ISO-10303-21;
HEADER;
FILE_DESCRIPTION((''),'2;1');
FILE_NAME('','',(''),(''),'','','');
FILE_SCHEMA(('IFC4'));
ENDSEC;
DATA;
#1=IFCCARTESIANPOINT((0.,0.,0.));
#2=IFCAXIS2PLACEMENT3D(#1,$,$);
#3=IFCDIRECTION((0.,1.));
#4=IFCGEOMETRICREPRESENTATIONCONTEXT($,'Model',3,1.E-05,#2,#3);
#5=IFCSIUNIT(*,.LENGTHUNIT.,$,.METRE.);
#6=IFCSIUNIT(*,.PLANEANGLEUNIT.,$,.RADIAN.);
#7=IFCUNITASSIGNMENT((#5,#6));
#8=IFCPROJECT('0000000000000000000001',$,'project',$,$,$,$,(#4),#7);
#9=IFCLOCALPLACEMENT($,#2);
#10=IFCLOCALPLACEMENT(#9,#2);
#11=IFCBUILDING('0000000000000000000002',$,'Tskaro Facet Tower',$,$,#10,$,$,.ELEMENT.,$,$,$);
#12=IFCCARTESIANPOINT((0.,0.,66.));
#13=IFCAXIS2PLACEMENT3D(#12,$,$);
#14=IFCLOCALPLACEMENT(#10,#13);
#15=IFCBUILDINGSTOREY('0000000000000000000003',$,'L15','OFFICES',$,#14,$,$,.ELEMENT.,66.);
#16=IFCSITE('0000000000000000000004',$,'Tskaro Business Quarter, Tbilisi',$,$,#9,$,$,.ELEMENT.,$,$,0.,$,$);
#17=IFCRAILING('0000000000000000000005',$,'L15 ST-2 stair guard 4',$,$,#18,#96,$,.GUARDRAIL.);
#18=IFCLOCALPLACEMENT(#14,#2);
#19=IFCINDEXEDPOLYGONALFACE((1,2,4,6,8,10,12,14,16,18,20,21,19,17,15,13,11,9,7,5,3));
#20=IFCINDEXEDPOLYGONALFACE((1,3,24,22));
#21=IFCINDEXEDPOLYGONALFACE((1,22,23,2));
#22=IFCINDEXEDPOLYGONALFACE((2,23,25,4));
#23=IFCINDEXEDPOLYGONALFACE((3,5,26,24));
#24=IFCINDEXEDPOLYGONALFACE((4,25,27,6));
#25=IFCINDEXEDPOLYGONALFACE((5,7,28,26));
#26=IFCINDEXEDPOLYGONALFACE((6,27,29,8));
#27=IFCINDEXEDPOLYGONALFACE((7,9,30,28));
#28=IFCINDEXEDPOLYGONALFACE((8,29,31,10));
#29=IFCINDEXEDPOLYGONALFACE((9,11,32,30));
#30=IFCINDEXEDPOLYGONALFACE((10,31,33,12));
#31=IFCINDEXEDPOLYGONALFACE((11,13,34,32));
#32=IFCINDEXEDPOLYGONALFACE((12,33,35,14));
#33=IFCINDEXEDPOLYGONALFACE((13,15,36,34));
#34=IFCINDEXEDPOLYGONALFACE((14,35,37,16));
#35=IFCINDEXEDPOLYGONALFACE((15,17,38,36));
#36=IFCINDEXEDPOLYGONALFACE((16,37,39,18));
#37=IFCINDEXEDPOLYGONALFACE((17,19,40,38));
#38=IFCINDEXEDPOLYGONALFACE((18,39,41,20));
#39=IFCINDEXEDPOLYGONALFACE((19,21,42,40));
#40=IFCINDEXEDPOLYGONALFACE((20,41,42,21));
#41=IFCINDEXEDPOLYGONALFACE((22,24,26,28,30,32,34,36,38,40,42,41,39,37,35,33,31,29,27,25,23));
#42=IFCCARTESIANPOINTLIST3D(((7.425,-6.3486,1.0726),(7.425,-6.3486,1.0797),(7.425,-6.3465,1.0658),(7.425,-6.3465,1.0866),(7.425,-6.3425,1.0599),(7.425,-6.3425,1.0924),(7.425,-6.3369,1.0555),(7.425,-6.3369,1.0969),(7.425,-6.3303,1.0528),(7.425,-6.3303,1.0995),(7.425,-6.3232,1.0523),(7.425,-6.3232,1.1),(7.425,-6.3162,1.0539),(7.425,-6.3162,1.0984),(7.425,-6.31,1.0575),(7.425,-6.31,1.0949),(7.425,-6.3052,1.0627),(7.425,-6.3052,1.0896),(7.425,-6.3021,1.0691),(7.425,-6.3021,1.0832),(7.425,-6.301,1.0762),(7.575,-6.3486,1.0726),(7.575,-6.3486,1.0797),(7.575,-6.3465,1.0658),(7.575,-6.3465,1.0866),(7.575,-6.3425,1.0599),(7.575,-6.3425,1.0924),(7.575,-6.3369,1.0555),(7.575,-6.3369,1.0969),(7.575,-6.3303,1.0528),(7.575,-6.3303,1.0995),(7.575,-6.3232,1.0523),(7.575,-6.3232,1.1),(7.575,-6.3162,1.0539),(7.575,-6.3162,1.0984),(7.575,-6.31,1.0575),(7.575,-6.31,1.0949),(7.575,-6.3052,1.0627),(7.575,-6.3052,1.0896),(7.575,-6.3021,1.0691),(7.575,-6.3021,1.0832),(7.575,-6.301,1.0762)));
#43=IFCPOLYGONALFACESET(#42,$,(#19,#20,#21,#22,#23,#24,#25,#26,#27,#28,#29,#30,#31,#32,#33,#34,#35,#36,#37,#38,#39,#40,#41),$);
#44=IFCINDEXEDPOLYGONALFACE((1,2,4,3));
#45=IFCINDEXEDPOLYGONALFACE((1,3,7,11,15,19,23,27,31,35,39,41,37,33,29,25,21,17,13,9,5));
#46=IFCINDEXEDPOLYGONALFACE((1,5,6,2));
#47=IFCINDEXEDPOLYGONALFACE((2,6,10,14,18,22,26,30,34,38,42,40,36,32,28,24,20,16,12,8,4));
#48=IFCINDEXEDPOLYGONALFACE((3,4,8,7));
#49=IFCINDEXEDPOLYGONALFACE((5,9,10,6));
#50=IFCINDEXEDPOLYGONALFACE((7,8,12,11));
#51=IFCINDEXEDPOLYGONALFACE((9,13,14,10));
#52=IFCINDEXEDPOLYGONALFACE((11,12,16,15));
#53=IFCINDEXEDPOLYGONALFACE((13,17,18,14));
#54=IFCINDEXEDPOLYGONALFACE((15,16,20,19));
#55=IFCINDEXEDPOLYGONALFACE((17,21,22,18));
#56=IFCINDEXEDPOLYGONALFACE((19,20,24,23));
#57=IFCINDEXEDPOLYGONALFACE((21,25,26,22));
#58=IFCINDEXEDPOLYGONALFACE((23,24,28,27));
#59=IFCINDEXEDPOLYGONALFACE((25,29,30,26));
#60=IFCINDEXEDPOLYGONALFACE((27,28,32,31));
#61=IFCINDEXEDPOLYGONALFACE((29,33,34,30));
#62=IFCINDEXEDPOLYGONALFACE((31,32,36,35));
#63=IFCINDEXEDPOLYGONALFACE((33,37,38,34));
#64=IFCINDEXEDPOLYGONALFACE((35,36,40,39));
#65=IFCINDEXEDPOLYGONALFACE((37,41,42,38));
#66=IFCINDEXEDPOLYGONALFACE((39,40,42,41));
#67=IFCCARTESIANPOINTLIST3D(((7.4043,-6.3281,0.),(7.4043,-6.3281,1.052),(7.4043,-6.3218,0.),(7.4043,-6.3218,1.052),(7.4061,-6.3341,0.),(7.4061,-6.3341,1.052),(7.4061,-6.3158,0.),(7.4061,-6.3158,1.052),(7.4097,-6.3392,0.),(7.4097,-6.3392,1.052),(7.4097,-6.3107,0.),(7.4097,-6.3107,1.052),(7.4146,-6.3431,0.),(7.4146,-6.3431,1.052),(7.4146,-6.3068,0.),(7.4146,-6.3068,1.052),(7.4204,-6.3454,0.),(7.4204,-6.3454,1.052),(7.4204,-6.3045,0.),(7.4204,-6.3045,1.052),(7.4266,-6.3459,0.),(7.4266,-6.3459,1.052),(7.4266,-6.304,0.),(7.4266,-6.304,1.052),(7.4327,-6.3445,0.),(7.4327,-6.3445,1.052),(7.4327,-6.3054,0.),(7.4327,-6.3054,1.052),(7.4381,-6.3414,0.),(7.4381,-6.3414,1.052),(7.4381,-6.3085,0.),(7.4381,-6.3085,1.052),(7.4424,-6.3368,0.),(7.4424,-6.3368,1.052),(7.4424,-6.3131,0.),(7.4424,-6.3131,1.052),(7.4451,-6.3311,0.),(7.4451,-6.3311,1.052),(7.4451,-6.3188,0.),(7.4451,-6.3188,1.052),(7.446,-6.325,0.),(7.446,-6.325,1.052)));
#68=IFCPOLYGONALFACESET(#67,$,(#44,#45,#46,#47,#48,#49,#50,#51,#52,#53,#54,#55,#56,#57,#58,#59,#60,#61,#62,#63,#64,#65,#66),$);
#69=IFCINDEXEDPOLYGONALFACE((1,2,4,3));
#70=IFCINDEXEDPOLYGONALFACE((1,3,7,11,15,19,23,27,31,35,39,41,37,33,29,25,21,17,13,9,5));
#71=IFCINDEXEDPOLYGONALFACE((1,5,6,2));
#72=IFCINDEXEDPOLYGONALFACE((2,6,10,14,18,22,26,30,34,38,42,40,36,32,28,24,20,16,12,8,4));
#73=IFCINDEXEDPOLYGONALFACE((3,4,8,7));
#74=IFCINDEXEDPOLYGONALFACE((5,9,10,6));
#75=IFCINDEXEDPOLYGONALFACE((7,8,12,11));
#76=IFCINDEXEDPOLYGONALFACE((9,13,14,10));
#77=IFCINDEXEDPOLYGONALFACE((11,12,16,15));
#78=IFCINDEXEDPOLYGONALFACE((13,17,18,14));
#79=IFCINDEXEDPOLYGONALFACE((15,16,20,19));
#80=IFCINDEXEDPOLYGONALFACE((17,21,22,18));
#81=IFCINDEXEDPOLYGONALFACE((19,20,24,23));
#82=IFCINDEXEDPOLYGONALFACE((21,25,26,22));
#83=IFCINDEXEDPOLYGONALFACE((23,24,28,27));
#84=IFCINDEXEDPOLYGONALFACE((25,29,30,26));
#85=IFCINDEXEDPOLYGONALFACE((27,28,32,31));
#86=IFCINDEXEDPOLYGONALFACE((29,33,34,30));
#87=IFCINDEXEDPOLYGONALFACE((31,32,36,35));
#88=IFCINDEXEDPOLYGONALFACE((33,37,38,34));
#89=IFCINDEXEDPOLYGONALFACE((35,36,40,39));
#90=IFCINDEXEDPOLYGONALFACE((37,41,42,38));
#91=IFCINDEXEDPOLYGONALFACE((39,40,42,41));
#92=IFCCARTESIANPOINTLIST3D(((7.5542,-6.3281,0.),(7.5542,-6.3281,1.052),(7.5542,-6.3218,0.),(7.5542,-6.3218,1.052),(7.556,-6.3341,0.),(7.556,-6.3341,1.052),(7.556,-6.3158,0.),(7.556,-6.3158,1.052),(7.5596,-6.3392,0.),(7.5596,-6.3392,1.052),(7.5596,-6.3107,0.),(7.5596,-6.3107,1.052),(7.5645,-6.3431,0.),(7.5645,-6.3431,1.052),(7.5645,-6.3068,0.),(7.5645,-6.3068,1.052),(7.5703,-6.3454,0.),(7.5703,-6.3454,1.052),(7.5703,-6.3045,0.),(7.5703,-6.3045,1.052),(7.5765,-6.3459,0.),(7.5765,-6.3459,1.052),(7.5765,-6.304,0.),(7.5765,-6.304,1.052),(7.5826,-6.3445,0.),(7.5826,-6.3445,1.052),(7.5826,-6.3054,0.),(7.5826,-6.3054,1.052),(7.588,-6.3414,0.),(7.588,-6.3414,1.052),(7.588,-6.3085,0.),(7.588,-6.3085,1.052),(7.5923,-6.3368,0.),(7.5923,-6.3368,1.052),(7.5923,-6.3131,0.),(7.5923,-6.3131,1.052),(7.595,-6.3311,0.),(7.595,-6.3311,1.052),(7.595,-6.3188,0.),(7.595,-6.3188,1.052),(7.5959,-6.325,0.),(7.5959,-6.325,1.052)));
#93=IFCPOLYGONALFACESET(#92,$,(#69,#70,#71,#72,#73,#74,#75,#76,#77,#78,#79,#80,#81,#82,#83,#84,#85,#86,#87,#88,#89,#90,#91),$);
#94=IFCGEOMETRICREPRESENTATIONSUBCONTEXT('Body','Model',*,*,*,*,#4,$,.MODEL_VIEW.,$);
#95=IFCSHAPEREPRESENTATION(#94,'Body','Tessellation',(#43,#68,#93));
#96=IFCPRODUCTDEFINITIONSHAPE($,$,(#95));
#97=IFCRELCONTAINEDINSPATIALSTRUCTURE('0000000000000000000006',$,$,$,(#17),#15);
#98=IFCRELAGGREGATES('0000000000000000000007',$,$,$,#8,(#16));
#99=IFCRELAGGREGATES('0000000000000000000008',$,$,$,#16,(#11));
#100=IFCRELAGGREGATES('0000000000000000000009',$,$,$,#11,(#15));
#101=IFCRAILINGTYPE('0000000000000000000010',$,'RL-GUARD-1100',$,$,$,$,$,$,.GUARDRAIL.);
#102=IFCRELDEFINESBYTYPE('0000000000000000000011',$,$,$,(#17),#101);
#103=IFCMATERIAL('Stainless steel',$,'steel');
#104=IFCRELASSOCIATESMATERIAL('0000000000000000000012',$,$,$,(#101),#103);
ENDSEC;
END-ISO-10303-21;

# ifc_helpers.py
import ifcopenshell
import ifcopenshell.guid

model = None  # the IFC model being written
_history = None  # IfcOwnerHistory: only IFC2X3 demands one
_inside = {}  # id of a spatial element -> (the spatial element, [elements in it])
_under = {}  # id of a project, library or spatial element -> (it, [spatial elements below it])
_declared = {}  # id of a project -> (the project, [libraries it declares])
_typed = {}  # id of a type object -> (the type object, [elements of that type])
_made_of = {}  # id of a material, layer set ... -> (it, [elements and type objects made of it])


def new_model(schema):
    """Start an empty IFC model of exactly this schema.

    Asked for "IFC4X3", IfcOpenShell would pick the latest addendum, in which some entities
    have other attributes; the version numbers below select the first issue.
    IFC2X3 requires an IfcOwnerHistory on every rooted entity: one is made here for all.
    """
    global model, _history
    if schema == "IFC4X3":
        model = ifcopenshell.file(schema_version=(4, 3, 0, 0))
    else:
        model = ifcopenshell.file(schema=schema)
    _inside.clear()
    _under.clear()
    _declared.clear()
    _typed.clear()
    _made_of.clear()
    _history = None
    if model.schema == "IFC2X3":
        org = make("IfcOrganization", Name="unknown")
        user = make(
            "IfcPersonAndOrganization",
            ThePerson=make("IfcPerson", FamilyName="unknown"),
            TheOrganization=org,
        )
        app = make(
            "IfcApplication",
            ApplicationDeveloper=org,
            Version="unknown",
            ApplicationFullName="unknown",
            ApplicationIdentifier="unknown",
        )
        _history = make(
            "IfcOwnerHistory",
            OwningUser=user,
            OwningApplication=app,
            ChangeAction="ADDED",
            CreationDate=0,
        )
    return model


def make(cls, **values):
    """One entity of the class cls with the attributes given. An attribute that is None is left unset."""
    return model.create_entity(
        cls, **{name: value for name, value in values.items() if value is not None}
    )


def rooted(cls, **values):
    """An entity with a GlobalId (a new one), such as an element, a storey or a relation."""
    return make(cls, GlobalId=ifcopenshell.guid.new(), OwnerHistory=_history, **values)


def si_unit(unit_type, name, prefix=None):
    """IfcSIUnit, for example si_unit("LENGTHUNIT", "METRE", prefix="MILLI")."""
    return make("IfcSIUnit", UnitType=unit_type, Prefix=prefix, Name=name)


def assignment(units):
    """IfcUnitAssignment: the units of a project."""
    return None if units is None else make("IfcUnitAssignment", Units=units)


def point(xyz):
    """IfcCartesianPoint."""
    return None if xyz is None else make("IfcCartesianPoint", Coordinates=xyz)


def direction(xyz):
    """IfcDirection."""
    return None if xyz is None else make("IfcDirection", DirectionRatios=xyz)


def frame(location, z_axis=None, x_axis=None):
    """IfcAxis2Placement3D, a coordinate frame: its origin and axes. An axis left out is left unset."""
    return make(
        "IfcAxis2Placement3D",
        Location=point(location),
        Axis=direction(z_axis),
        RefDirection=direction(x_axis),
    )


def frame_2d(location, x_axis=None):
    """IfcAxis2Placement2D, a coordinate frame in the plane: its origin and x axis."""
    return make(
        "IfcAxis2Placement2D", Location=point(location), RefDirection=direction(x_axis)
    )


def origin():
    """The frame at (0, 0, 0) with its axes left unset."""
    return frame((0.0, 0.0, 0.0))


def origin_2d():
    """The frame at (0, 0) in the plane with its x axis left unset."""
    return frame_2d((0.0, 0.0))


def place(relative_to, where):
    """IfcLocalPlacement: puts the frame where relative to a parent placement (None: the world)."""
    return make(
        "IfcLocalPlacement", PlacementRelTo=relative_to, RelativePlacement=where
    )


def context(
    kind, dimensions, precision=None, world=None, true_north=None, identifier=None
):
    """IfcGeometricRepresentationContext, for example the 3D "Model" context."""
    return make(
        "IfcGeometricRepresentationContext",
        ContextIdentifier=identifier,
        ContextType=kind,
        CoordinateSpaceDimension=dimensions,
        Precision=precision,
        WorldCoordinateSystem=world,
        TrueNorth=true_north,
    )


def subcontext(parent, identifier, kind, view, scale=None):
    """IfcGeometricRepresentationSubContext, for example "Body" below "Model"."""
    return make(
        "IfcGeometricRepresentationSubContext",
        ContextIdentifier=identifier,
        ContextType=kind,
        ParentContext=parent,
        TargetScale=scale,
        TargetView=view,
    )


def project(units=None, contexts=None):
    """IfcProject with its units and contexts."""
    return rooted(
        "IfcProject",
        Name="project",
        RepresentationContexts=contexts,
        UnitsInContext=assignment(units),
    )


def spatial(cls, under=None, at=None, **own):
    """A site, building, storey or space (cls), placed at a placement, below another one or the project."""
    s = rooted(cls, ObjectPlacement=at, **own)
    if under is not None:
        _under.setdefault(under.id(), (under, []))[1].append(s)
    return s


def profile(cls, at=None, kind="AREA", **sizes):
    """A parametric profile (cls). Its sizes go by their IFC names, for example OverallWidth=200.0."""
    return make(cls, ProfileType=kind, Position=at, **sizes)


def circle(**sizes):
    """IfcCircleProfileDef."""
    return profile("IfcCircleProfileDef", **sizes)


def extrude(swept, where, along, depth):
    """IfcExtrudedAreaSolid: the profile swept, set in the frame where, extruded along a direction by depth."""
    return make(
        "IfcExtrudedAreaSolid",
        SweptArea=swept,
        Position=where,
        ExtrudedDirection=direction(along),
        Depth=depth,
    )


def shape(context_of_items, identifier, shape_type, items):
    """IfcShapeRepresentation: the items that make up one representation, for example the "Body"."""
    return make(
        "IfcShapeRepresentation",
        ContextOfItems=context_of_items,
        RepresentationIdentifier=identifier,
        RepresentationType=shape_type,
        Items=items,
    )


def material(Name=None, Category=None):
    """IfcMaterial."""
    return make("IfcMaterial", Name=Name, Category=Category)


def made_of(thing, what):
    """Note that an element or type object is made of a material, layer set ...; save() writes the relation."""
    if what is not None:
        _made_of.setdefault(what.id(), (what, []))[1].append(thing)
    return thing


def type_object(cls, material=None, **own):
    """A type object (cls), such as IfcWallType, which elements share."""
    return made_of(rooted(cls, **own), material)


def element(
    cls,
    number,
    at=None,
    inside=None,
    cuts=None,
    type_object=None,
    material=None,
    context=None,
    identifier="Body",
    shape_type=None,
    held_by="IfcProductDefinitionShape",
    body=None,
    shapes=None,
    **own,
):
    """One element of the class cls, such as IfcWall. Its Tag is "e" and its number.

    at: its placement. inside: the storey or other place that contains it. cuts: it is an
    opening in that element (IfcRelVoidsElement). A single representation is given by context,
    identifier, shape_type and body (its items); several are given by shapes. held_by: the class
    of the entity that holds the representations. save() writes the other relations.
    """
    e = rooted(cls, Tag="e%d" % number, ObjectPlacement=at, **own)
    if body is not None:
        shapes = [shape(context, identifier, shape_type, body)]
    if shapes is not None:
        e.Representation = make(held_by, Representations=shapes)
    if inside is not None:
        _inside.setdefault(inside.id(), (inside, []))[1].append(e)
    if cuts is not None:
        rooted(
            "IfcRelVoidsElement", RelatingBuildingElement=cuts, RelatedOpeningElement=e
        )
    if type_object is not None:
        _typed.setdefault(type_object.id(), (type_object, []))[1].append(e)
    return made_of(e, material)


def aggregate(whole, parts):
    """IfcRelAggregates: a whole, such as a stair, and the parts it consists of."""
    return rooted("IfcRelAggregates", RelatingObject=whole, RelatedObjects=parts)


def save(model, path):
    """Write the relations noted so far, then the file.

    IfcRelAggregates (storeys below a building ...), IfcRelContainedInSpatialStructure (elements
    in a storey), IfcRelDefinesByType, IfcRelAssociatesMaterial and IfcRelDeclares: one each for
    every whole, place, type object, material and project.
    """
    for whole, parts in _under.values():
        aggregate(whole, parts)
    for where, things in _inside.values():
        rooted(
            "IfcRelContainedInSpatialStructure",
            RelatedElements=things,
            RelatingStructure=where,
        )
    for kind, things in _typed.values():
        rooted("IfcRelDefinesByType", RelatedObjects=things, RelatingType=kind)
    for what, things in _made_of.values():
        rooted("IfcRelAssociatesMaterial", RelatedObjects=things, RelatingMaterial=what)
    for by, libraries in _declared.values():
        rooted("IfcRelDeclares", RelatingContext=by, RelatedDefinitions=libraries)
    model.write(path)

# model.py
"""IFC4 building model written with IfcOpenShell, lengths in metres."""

from ifc_helpers import new_model, si_unit, direction, frame, origin, origin_2d, place, context, subcontext, project, spatial, circle, extrude, material, type_object, element, save


model = new_model("IFC4")

# Units and contexts
model_context = context("Model", 3, precision=1e-05, world=origin(), true_north=direction((0.0, 1.0)))
body_context = subcontext(model_context, "Body", "Model", "MODEL_VIEW")
ifc_project = project(units=[si_unit("LENGTHUNIT", "METRE"), si_unit("PLANEANGLEUNIT", "RADIAN")], contexts=[model_context])

# Site, building, storey
site_placement = place(None, origin())
site = spatial("IfcSite", under=ifc_project, at=site_placement, Name="Tskaro Business Quarter, Tbilisi", CompositionType="ELEMENT", RefElevation=0.0)
building_placement = place(site_placement, origin())
building = spatial("IfcBuilding", under=site, at=building_placement, Name="Tskaro Facet Tower", CompositionType="ELEMENT")
storey_placement = place(building_placement, frame((0.0, 0.0, 66.0)))
storey = spatial("IfcBuildingStorey", under=building, at=storey_placement, Name="L15", Description="OFFICES", CompositionType="ELEMENT", Elevation=66.0)

# Railing
ifc_material_1 = material(Name="Stainless steel", Category="steel")
railing_type_1 = type_object("IfcRailingType", Name="RL-GUARD-1100", PredefinedType="GUARDRAIL", material=ifc_material_1)
railing_1_placement = place(storey_placement, frame((7.425, -6.325, 0.0)))
element("IfcRailing", 1, at=railing_1_placement, inside=storey, type_object=railing_type_1, Name="L15 ST-2 stair guard 4", PredefinedType="GUARDRAIL", context=body_context, shape_type="SweptSolid", body=[
    extrude(circle(Radius=0.0239, at=origin_2d()), frame((0.0, 0.0, 1.0762), z_axis=(1.0, 0.0, 0.0), x_axis=(0.0, 1.0, 0.0)), (0.0, 0.0, 1.0), 0.1499),
    extrude(circle(Radius=0.021, at=origin_2d()), origin(), (0.0, 0.0, 1.0), 1.052),
    extrude(circle(Radius=0.021, at=origin_2d()), frame((0.1499, 0.0, 0.0)), (0.0, 0.0, 1.0), 1.052),
])

save(model, "model.ifc")
